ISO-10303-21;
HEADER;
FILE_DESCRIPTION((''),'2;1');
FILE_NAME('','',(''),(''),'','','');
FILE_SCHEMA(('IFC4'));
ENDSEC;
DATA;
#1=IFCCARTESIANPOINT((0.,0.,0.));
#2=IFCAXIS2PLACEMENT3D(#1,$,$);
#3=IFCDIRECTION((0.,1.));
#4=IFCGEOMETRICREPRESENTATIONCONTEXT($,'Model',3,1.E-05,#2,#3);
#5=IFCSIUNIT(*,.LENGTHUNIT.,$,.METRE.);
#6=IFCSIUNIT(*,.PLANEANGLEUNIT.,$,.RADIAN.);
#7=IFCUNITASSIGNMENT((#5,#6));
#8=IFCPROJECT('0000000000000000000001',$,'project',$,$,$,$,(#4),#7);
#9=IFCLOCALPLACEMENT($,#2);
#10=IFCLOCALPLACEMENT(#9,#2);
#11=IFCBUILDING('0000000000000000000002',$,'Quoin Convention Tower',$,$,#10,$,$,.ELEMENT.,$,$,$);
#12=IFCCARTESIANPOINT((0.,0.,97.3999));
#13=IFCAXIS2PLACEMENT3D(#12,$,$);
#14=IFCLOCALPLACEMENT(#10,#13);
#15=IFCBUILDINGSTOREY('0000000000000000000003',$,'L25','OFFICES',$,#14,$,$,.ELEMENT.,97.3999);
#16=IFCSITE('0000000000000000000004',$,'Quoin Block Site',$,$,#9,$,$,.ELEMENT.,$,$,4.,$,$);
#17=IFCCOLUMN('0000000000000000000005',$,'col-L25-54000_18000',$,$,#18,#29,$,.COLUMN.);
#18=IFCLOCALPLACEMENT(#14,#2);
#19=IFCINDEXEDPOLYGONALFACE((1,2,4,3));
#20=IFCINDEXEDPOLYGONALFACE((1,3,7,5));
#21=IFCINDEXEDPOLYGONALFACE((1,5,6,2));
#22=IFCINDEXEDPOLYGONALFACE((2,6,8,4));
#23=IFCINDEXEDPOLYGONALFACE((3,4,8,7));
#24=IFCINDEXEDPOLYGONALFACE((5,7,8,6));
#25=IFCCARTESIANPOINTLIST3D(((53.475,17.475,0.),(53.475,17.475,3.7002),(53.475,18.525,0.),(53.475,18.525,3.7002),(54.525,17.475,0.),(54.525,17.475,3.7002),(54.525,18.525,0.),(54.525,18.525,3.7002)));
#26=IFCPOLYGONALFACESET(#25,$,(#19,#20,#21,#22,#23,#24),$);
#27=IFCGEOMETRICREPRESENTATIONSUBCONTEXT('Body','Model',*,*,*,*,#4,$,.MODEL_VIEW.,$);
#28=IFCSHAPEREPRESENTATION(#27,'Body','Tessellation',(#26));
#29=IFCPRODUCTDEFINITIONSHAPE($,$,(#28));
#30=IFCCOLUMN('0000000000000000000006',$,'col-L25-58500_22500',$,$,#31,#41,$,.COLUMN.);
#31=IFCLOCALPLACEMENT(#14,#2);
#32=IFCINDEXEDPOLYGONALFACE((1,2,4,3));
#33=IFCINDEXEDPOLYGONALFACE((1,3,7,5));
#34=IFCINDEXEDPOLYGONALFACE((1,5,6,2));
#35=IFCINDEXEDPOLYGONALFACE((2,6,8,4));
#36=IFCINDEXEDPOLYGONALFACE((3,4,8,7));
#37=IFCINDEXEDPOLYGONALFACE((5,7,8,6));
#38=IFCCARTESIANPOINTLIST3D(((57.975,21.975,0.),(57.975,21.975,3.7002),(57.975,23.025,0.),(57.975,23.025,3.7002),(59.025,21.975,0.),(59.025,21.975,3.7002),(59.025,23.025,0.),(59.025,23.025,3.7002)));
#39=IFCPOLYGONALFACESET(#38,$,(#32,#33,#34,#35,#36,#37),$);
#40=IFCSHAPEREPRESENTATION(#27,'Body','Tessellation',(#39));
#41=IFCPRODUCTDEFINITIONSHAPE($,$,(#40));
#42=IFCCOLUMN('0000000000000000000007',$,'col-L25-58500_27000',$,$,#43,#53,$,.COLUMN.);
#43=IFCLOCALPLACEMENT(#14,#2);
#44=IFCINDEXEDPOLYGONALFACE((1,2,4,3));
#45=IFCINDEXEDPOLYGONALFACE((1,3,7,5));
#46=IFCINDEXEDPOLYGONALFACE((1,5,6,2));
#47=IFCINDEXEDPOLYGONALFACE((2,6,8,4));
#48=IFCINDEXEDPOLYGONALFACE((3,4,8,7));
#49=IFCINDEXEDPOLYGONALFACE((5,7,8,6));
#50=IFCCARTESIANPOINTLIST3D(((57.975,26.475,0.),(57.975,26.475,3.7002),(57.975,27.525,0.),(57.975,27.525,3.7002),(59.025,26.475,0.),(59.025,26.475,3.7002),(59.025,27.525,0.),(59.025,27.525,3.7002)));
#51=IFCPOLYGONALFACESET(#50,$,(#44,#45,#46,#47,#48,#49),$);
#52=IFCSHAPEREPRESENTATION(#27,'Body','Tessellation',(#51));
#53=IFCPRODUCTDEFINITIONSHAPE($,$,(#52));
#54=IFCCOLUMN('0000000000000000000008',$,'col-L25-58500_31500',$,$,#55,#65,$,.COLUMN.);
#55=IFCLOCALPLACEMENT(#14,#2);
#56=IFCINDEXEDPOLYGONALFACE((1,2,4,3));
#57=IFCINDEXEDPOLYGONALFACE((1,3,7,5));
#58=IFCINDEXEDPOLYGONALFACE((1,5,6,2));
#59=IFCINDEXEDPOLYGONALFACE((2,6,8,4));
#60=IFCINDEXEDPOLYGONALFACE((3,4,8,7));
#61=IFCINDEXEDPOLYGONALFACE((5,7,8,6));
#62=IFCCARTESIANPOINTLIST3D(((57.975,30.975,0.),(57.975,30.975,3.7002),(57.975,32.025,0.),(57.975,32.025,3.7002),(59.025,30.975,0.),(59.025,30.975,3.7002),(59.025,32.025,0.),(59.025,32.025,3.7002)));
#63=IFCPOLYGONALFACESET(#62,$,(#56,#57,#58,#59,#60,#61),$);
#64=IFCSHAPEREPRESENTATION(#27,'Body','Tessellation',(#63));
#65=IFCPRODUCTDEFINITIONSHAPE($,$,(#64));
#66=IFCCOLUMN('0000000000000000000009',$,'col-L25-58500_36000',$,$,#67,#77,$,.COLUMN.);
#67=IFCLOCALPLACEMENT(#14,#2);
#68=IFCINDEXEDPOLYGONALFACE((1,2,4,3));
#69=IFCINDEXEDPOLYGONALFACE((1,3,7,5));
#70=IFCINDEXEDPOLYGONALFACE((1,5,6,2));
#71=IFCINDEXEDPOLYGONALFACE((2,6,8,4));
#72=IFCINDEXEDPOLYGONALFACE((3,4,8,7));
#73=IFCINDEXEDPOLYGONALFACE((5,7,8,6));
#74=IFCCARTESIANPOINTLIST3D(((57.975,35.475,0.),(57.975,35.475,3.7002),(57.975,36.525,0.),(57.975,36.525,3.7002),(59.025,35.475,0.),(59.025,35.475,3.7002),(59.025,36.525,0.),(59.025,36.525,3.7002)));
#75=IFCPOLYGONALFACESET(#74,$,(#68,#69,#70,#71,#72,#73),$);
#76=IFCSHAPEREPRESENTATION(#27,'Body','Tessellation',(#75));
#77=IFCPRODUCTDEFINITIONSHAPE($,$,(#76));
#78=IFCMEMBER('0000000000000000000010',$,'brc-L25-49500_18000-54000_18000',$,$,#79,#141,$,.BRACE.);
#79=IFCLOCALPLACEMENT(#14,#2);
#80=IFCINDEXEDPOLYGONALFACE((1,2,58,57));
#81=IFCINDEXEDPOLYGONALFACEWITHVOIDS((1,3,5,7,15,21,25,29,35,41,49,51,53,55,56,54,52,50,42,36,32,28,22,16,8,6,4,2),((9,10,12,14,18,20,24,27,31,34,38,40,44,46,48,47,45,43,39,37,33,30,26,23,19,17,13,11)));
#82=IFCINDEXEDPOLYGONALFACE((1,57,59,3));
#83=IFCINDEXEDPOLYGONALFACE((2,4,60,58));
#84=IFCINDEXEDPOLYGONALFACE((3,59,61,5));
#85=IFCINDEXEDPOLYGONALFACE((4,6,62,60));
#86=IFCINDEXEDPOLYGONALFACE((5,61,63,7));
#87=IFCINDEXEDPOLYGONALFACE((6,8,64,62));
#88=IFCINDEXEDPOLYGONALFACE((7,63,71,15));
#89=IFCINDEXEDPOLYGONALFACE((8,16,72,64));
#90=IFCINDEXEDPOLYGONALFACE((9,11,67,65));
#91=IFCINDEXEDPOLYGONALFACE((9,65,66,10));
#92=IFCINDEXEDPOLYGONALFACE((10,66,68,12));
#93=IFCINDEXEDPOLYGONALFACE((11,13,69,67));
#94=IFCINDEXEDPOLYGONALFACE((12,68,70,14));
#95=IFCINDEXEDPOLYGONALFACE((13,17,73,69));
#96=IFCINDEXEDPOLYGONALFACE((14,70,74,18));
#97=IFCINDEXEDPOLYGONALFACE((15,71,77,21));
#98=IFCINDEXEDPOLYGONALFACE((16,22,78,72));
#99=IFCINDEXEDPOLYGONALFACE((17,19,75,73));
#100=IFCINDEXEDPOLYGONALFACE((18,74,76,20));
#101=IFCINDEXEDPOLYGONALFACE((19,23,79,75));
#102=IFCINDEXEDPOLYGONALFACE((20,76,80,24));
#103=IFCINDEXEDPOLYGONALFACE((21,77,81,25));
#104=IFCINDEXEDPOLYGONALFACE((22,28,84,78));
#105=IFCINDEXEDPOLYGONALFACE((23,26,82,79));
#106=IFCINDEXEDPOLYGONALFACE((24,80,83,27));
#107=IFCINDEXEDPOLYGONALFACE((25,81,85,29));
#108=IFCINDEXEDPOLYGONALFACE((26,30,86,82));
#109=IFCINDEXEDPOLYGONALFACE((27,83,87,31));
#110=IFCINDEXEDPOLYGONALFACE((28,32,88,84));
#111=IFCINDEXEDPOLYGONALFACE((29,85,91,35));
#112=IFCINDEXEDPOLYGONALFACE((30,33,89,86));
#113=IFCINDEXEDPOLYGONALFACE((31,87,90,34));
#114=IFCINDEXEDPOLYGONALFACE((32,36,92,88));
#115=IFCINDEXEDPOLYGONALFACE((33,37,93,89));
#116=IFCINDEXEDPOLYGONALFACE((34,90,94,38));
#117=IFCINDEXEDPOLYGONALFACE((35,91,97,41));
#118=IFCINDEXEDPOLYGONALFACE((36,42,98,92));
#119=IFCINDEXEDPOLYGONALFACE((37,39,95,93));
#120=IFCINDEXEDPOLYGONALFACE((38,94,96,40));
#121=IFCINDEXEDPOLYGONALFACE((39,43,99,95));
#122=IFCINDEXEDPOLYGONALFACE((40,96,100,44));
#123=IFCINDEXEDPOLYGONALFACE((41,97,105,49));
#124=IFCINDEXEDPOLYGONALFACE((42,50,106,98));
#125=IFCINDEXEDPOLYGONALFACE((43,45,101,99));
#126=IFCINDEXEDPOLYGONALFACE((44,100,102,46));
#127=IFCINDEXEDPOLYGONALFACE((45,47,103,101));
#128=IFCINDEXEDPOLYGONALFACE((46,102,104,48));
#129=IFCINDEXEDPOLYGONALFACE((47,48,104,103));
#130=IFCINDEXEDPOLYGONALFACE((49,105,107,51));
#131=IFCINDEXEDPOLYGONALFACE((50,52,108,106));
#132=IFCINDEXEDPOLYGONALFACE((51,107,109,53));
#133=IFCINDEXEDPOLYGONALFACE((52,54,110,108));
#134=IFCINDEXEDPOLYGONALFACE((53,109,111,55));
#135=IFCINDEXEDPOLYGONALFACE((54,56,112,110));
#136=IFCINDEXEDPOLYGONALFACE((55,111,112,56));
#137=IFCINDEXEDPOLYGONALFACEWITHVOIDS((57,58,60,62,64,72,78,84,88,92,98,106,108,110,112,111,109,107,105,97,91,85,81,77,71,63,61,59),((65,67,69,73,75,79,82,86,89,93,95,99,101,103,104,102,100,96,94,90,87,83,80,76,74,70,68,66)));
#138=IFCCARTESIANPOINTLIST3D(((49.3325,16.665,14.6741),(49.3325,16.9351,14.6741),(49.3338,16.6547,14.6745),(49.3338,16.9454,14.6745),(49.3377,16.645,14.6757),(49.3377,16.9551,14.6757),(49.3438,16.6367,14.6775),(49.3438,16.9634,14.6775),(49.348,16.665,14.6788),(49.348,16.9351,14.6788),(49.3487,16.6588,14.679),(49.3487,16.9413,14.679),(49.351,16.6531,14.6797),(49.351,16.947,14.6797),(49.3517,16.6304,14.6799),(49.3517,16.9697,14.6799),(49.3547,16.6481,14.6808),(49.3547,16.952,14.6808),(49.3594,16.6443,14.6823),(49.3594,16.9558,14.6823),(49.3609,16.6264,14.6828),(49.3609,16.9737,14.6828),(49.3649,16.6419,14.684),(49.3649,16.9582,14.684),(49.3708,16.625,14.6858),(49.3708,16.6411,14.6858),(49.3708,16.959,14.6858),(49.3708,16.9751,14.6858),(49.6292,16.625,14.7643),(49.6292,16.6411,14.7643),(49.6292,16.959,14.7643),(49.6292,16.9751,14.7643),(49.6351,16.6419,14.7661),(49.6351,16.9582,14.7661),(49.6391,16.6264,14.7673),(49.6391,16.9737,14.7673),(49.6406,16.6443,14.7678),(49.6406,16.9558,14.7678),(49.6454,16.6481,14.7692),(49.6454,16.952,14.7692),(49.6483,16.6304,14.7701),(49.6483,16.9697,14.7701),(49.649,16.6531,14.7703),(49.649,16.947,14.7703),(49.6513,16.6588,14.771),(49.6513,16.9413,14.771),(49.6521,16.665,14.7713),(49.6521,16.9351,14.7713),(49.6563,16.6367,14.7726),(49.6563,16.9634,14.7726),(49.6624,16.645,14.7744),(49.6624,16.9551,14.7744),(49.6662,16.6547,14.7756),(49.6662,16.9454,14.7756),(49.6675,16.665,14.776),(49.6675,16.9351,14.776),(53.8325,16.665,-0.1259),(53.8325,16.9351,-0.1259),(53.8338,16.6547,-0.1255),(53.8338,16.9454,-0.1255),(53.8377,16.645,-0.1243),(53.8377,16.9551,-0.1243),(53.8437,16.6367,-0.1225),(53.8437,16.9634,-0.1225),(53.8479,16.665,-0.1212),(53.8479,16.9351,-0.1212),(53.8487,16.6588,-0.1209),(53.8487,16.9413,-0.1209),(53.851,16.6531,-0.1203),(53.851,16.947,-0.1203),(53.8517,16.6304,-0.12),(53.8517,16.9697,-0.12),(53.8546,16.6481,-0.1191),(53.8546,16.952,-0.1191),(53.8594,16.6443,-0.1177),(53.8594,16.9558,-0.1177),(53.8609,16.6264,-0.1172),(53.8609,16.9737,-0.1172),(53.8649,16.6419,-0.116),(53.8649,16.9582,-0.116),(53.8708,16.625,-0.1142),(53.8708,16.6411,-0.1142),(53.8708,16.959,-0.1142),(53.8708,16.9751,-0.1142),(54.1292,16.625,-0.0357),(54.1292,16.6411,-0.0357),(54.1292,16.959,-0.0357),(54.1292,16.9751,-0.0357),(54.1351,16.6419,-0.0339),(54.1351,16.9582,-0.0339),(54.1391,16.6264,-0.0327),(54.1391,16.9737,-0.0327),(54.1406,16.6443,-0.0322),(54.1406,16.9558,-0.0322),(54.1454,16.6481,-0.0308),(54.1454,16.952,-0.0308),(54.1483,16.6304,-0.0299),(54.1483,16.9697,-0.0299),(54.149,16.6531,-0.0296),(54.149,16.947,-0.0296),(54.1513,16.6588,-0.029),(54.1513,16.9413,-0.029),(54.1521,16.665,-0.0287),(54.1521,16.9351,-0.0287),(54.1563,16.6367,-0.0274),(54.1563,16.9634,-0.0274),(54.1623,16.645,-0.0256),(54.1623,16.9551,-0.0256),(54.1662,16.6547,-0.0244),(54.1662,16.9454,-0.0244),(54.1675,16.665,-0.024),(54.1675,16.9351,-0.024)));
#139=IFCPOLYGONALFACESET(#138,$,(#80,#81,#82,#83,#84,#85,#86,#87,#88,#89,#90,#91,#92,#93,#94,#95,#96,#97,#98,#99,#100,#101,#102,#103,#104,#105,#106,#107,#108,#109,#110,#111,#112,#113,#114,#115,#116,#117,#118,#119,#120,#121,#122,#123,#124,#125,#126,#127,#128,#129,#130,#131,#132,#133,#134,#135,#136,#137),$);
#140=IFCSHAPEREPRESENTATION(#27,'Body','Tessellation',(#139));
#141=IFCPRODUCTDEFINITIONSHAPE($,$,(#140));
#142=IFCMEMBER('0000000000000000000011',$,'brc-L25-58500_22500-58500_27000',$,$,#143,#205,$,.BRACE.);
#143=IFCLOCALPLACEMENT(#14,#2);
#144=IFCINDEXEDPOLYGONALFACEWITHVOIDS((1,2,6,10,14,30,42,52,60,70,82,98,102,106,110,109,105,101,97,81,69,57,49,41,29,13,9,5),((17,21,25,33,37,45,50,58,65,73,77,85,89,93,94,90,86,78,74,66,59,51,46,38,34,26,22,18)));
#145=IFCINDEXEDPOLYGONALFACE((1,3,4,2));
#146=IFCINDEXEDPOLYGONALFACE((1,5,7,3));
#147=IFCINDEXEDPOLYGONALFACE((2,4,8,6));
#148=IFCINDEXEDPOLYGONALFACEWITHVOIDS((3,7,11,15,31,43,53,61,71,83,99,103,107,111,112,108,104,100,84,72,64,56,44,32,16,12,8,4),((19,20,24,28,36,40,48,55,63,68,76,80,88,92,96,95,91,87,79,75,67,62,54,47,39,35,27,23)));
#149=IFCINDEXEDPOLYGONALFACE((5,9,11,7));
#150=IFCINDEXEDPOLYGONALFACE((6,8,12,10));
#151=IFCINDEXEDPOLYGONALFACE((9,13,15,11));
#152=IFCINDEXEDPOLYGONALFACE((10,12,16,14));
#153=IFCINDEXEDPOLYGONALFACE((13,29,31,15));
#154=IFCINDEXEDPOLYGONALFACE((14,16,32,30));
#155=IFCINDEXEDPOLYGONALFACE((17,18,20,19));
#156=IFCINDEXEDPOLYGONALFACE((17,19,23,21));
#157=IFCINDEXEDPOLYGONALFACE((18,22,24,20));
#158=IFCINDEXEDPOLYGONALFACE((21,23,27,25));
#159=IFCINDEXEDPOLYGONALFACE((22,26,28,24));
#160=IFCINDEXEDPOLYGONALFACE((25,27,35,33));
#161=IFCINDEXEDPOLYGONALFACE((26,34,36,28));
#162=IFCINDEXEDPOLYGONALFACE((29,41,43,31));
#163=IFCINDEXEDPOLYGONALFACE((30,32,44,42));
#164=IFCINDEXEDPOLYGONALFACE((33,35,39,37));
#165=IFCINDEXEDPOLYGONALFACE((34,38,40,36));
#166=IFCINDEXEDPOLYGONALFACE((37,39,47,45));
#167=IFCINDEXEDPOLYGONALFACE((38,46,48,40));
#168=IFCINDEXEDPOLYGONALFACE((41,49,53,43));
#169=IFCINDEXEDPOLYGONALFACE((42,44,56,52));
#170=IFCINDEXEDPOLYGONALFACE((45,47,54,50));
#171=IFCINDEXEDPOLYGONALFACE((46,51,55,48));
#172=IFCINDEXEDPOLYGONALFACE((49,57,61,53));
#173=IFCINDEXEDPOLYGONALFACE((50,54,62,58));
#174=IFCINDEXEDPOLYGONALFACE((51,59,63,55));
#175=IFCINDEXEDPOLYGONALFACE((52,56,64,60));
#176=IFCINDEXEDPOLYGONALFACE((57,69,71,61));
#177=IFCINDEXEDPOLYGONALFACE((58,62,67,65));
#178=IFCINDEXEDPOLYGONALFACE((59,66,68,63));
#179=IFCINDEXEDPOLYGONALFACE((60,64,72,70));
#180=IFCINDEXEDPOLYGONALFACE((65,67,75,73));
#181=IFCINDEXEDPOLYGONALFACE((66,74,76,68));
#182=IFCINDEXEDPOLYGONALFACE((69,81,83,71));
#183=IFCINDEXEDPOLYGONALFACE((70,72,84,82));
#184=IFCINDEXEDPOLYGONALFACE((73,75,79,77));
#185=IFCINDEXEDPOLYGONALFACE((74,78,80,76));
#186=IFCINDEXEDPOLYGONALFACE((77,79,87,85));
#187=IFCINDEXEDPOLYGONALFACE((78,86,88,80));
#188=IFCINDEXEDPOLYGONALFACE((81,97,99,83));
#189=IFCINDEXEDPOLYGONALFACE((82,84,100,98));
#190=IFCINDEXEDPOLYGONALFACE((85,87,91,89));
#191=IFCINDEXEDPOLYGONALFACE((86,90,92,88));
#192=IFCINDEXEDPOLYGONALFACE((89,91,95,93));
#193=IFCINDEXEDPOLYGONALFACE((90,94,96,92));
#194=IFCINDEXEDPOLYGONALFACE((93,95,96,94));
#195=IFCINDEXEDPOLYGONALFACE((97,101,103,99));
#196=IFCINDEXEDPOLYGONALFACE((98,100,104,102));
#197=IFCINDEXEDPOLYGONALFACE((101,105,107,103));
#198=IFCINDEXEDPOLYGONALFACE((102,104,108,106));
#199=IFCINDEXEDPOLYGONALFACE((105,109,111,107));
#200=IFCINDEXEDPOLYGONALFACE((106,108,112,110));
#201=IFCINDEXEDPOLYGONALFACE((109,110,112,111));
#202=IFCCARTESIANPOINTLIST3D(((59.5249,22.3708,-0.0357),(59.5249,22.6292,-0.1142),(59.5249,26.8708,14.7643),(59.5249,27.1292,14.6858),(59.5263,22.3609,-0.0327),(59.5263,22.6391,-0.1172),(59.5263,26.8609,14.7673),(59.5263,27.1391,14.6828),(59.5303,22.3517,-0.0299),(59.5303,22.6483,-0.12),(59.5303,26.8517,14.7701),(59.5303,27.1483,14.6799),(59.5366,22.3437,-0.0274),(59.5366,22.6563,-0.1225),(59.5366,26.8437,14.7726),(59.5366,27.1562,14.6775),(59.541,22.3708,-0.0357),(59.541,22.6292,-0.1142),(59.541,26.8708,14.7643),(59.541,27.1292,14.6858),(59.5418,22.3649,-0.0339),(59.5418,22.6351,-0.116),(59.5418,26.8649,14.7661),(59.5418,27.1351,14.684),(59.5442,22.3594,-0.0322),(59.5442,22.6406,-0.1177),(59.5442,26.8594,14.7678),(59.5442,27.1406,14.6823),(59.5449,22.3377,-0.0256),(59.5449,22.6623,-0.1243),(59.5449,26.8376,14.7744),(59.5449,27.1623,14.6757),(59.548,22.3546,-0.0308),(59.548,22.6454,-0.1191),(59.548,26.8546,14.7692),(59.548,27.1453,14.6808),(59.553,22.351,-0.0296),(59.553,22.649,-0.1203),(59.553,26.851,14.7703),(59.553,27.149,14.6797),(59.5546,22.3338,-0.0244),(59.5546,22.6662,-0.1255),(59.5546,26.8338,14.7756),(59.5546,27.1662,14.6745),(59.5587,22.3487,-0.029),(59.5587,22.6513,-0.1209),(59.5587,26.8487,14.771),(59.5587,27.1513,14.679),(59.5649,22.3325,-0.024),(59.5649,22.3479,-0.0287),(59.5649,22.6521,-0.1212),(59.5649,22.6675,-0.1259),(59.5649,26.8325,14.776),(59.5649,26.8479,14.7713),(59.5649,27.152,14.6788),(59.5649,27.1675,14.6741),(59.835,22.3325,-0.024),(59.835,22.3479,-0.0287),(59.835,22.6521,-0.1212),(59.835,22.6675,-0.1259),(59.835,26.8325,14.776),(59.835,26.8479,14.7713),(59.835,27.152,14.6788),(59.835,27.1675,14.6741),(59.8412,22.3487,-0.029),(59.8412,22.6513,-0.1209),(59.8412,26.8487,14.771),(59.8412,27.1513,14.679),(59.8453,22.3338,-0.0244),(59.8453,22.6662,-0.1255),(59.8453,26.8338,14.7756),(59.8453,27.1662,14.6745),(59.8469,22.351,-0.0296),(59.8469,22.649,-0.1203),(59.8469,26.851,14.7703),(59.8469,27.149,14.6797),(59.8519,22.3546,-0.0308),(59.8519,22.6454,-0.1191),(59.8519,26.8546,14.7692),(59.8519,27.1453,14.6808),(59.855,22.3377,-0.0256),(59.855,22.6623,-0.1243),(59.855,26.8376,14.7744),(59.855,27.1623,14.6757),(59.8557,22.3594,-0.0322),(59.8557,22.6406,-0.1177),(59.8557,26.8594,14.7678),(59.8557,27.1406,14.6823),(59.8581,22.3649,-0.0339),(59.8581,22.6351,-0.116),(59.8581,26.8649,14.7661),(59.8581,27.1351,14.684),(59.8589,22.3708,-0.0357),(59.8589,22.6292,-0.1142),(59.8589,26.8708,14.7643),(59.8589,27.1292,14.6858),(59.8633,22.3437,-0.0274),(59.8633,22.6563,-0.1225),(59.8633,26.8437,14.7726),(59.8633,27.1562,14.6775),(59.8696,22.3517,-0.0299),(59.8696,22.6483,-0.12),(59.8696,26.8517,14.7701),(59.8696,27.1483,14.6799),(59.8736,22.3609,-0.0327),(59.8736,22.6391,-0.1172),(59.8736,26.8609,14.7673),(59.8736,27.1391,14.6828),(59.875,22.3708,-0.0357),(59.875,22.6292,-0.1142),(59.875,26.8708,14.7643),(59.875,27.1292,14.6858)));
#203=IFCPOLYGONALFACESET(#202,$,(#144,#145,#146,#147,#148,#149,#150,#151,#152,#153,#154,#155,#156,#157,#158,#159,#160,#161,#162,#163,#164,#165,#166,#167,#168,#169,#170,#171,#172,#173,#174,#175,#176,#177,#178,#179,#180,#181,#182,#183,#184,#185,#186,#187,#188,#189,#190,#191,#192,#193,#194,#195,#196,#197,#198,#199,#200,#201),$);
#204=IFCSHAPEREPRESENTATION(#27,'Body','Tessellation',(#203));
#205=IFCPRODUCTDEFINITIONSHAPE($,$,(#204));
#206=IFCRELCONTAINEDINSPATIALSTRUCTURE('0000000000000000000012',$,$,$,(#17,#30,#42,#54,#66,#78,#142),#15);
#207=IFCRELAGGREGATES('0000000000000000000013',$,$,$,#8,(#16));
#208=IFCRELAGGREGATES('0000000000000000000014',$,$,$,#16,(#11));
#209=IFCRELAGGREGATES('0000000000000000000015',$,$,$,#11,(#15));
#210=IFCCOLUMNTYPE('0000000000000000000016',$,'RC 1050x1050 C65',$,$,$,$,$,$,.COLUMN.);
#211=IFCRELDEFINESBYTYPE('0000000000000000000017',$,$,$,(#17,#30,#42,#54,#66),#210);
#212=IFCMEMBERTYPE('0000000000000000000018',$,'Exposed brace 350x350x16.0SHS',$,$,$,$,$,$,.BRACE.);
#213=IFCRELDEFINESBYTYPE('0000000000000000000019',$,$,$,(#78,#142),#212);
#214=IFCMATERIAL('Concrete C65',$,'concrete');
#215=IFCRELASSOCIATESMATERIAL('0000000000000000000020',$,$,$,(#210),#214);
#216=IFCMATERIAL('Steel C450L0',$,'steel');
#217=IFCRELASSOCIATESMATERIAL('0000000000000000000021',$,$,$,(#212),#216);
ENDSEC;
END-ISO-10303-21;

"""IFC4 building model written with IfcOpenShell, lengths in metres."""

from ifc_helpers import new_model, si_unit, direction, frame, origin, origin_2d, place, context, subcontext, project, spatial, rectangle, hollow_rectangle, extrude, material, material_profile, profile_set, type_object, element, save


model = new_model("IFC4")

# Units and contexts
model_context = context("Model", 3, precision=1e-05, world=origin(), true_north=direction((0.0, 1.0)))
body_context = subcontext(model_context, "Body", "Model", "MODEL_VIEW")
ifc_project = project(units=[si_unit("LENGTHUNIT", "METRE"), si_unit("PLANEANGLEUNIT", "RADIAN")], contexts=[model_context])

# Site, building, storey
site_placement = place(None, origin())
site = spatial("IfcSite", under=ifc_project, at=site_placement, Name="Quoin Block Site", CompositionType="ELEMENT", RefElevation=4.0)
building_placement = place(site_placement, origin())
building = spatial("IfcBuilding", under=site, at=building_placement, Name="Quoin Convention Tower", CompositionType="ELEMENT")
storey_placement = place(building_placement, frame((0.0, 0.0, 97.3999)))
storey = spatial("IfcBuildingStorey", under=building, at=storey_placement, Name="L25", Description="OFFICES", CompositionType="ELEMENT", Elevation=97.3999)

# Columns
ifc_material_1 = material(Name="Concrete C65", Category="concrete")
ifc_material_profile_1 = material_profile(ifc_material_1, rectangle(XDim=1.05, YDim=1.05, at=origin_2d()), Name="RC 1050x1050")
ifc_profile_set_1 = profile_set([ifc_material_profile_1], Name="Concrete C65")
column_type = type_object("IfcColumnType", Name="RC 1050x1050 C65", PredefinedType="COLUMN", material=ifc_profile_set_1)
for number, where, z_axis, x_axis, name in (
    (1, (54.0, 18.0, 0.0), (0.0, 0.0, 1.0), (1.0, 0.0, 0.0), "col-L25-54000_18000"),
    (2, (58.5, 22.5, 0.0), (0.0, 0.0, 1.0), (1.0, 0.0, 0.0), "col-L25-58500_22500"),
    (3, (58.5, 27.0, 0.0), (0.0, 0.0, 1.0), (1.0, 0.0, 0.0), "col-L25-58500_27000"),
    (4, (58.5, 31.5, 0.0), (0.0, 0.0, 1.0), (1.0, 0.0, 0.0), "col-L25-58500_31500"),
    (5, (58.5, 36.0, 0.0), (0.0, 0.0, 1.0), (1.0, 0.0, 0.0), "col-L25-58500_36000"),
):
    element("IfcColumn", number, at=place(storey_placement, frame(where, z_axis=z_axis, x_axis=x_axis)), inside=storey, type_object=column_type, Name=name, PredefinedType="COLUMN", context=body_context, shape_type="SweptSolid", body=[
        extrude(rectangle(XDim=1.05, YDim=1.05, at=origin_2d()), origin(), (0.0, 0.0, 1.0), 3.7002),
    ])

# Members
ifc_material_2 = material(Name="Steel C450L0", Category="steel")
ifc_material_profile_2 = material_profile(ifc_material_2, hollow_rectangle(XDim=0.3501, YDim=0.3501, WallThickness=0.0161, InnerFilletRadius=0.0239, OuterFilletRadius=0.04, at=origin_2d()), Name="350x350x16.0SHS")
ifc_profile_set_2 = profile_set([ifc_material_profile_2], Name="Steel C450L0")
member_type = type_object("IfcMemberType", Name="Exposed brace 350x350x16.0SHS", PredefinedType="BRACE", material=ifc_profile_set_2)
for number, where, z_axis, x_axis, name in (
    (6, (54.0, 16.8, -0.075), (-0.290903, 0.0, 0.956752), (0.0, -1.0, 0.0), "brc-L25-49500_18000-54000_18000"),
    (7, (59.7, 22.5, -0.075), (0.0, 0.290903, 0.956752), (-1.0, 0.0, 0.0), "brc-L25-58500_22500-58500_27000"),
):
    element("IfcMember", number, at=place(storey_placement, frame(where, z_axis=z_axis, x_axis=x_axis)), inside=storey, type_object=member_type, Name=name, PredefinedType="BRACE", context=body_context, shape_type="SweptSolid", body=[
        extrude(hollow_rectangle(XDim=0.3501, YDim=0.3501, WallThickness=0.0161, InnerFilletRadius=0.0239, OuterFilletRadius=0.04, at=origin_2d()), origin(), (0.0, 0.0, 1.0), 15.469),
    ])

save(model, "model.ifc")
